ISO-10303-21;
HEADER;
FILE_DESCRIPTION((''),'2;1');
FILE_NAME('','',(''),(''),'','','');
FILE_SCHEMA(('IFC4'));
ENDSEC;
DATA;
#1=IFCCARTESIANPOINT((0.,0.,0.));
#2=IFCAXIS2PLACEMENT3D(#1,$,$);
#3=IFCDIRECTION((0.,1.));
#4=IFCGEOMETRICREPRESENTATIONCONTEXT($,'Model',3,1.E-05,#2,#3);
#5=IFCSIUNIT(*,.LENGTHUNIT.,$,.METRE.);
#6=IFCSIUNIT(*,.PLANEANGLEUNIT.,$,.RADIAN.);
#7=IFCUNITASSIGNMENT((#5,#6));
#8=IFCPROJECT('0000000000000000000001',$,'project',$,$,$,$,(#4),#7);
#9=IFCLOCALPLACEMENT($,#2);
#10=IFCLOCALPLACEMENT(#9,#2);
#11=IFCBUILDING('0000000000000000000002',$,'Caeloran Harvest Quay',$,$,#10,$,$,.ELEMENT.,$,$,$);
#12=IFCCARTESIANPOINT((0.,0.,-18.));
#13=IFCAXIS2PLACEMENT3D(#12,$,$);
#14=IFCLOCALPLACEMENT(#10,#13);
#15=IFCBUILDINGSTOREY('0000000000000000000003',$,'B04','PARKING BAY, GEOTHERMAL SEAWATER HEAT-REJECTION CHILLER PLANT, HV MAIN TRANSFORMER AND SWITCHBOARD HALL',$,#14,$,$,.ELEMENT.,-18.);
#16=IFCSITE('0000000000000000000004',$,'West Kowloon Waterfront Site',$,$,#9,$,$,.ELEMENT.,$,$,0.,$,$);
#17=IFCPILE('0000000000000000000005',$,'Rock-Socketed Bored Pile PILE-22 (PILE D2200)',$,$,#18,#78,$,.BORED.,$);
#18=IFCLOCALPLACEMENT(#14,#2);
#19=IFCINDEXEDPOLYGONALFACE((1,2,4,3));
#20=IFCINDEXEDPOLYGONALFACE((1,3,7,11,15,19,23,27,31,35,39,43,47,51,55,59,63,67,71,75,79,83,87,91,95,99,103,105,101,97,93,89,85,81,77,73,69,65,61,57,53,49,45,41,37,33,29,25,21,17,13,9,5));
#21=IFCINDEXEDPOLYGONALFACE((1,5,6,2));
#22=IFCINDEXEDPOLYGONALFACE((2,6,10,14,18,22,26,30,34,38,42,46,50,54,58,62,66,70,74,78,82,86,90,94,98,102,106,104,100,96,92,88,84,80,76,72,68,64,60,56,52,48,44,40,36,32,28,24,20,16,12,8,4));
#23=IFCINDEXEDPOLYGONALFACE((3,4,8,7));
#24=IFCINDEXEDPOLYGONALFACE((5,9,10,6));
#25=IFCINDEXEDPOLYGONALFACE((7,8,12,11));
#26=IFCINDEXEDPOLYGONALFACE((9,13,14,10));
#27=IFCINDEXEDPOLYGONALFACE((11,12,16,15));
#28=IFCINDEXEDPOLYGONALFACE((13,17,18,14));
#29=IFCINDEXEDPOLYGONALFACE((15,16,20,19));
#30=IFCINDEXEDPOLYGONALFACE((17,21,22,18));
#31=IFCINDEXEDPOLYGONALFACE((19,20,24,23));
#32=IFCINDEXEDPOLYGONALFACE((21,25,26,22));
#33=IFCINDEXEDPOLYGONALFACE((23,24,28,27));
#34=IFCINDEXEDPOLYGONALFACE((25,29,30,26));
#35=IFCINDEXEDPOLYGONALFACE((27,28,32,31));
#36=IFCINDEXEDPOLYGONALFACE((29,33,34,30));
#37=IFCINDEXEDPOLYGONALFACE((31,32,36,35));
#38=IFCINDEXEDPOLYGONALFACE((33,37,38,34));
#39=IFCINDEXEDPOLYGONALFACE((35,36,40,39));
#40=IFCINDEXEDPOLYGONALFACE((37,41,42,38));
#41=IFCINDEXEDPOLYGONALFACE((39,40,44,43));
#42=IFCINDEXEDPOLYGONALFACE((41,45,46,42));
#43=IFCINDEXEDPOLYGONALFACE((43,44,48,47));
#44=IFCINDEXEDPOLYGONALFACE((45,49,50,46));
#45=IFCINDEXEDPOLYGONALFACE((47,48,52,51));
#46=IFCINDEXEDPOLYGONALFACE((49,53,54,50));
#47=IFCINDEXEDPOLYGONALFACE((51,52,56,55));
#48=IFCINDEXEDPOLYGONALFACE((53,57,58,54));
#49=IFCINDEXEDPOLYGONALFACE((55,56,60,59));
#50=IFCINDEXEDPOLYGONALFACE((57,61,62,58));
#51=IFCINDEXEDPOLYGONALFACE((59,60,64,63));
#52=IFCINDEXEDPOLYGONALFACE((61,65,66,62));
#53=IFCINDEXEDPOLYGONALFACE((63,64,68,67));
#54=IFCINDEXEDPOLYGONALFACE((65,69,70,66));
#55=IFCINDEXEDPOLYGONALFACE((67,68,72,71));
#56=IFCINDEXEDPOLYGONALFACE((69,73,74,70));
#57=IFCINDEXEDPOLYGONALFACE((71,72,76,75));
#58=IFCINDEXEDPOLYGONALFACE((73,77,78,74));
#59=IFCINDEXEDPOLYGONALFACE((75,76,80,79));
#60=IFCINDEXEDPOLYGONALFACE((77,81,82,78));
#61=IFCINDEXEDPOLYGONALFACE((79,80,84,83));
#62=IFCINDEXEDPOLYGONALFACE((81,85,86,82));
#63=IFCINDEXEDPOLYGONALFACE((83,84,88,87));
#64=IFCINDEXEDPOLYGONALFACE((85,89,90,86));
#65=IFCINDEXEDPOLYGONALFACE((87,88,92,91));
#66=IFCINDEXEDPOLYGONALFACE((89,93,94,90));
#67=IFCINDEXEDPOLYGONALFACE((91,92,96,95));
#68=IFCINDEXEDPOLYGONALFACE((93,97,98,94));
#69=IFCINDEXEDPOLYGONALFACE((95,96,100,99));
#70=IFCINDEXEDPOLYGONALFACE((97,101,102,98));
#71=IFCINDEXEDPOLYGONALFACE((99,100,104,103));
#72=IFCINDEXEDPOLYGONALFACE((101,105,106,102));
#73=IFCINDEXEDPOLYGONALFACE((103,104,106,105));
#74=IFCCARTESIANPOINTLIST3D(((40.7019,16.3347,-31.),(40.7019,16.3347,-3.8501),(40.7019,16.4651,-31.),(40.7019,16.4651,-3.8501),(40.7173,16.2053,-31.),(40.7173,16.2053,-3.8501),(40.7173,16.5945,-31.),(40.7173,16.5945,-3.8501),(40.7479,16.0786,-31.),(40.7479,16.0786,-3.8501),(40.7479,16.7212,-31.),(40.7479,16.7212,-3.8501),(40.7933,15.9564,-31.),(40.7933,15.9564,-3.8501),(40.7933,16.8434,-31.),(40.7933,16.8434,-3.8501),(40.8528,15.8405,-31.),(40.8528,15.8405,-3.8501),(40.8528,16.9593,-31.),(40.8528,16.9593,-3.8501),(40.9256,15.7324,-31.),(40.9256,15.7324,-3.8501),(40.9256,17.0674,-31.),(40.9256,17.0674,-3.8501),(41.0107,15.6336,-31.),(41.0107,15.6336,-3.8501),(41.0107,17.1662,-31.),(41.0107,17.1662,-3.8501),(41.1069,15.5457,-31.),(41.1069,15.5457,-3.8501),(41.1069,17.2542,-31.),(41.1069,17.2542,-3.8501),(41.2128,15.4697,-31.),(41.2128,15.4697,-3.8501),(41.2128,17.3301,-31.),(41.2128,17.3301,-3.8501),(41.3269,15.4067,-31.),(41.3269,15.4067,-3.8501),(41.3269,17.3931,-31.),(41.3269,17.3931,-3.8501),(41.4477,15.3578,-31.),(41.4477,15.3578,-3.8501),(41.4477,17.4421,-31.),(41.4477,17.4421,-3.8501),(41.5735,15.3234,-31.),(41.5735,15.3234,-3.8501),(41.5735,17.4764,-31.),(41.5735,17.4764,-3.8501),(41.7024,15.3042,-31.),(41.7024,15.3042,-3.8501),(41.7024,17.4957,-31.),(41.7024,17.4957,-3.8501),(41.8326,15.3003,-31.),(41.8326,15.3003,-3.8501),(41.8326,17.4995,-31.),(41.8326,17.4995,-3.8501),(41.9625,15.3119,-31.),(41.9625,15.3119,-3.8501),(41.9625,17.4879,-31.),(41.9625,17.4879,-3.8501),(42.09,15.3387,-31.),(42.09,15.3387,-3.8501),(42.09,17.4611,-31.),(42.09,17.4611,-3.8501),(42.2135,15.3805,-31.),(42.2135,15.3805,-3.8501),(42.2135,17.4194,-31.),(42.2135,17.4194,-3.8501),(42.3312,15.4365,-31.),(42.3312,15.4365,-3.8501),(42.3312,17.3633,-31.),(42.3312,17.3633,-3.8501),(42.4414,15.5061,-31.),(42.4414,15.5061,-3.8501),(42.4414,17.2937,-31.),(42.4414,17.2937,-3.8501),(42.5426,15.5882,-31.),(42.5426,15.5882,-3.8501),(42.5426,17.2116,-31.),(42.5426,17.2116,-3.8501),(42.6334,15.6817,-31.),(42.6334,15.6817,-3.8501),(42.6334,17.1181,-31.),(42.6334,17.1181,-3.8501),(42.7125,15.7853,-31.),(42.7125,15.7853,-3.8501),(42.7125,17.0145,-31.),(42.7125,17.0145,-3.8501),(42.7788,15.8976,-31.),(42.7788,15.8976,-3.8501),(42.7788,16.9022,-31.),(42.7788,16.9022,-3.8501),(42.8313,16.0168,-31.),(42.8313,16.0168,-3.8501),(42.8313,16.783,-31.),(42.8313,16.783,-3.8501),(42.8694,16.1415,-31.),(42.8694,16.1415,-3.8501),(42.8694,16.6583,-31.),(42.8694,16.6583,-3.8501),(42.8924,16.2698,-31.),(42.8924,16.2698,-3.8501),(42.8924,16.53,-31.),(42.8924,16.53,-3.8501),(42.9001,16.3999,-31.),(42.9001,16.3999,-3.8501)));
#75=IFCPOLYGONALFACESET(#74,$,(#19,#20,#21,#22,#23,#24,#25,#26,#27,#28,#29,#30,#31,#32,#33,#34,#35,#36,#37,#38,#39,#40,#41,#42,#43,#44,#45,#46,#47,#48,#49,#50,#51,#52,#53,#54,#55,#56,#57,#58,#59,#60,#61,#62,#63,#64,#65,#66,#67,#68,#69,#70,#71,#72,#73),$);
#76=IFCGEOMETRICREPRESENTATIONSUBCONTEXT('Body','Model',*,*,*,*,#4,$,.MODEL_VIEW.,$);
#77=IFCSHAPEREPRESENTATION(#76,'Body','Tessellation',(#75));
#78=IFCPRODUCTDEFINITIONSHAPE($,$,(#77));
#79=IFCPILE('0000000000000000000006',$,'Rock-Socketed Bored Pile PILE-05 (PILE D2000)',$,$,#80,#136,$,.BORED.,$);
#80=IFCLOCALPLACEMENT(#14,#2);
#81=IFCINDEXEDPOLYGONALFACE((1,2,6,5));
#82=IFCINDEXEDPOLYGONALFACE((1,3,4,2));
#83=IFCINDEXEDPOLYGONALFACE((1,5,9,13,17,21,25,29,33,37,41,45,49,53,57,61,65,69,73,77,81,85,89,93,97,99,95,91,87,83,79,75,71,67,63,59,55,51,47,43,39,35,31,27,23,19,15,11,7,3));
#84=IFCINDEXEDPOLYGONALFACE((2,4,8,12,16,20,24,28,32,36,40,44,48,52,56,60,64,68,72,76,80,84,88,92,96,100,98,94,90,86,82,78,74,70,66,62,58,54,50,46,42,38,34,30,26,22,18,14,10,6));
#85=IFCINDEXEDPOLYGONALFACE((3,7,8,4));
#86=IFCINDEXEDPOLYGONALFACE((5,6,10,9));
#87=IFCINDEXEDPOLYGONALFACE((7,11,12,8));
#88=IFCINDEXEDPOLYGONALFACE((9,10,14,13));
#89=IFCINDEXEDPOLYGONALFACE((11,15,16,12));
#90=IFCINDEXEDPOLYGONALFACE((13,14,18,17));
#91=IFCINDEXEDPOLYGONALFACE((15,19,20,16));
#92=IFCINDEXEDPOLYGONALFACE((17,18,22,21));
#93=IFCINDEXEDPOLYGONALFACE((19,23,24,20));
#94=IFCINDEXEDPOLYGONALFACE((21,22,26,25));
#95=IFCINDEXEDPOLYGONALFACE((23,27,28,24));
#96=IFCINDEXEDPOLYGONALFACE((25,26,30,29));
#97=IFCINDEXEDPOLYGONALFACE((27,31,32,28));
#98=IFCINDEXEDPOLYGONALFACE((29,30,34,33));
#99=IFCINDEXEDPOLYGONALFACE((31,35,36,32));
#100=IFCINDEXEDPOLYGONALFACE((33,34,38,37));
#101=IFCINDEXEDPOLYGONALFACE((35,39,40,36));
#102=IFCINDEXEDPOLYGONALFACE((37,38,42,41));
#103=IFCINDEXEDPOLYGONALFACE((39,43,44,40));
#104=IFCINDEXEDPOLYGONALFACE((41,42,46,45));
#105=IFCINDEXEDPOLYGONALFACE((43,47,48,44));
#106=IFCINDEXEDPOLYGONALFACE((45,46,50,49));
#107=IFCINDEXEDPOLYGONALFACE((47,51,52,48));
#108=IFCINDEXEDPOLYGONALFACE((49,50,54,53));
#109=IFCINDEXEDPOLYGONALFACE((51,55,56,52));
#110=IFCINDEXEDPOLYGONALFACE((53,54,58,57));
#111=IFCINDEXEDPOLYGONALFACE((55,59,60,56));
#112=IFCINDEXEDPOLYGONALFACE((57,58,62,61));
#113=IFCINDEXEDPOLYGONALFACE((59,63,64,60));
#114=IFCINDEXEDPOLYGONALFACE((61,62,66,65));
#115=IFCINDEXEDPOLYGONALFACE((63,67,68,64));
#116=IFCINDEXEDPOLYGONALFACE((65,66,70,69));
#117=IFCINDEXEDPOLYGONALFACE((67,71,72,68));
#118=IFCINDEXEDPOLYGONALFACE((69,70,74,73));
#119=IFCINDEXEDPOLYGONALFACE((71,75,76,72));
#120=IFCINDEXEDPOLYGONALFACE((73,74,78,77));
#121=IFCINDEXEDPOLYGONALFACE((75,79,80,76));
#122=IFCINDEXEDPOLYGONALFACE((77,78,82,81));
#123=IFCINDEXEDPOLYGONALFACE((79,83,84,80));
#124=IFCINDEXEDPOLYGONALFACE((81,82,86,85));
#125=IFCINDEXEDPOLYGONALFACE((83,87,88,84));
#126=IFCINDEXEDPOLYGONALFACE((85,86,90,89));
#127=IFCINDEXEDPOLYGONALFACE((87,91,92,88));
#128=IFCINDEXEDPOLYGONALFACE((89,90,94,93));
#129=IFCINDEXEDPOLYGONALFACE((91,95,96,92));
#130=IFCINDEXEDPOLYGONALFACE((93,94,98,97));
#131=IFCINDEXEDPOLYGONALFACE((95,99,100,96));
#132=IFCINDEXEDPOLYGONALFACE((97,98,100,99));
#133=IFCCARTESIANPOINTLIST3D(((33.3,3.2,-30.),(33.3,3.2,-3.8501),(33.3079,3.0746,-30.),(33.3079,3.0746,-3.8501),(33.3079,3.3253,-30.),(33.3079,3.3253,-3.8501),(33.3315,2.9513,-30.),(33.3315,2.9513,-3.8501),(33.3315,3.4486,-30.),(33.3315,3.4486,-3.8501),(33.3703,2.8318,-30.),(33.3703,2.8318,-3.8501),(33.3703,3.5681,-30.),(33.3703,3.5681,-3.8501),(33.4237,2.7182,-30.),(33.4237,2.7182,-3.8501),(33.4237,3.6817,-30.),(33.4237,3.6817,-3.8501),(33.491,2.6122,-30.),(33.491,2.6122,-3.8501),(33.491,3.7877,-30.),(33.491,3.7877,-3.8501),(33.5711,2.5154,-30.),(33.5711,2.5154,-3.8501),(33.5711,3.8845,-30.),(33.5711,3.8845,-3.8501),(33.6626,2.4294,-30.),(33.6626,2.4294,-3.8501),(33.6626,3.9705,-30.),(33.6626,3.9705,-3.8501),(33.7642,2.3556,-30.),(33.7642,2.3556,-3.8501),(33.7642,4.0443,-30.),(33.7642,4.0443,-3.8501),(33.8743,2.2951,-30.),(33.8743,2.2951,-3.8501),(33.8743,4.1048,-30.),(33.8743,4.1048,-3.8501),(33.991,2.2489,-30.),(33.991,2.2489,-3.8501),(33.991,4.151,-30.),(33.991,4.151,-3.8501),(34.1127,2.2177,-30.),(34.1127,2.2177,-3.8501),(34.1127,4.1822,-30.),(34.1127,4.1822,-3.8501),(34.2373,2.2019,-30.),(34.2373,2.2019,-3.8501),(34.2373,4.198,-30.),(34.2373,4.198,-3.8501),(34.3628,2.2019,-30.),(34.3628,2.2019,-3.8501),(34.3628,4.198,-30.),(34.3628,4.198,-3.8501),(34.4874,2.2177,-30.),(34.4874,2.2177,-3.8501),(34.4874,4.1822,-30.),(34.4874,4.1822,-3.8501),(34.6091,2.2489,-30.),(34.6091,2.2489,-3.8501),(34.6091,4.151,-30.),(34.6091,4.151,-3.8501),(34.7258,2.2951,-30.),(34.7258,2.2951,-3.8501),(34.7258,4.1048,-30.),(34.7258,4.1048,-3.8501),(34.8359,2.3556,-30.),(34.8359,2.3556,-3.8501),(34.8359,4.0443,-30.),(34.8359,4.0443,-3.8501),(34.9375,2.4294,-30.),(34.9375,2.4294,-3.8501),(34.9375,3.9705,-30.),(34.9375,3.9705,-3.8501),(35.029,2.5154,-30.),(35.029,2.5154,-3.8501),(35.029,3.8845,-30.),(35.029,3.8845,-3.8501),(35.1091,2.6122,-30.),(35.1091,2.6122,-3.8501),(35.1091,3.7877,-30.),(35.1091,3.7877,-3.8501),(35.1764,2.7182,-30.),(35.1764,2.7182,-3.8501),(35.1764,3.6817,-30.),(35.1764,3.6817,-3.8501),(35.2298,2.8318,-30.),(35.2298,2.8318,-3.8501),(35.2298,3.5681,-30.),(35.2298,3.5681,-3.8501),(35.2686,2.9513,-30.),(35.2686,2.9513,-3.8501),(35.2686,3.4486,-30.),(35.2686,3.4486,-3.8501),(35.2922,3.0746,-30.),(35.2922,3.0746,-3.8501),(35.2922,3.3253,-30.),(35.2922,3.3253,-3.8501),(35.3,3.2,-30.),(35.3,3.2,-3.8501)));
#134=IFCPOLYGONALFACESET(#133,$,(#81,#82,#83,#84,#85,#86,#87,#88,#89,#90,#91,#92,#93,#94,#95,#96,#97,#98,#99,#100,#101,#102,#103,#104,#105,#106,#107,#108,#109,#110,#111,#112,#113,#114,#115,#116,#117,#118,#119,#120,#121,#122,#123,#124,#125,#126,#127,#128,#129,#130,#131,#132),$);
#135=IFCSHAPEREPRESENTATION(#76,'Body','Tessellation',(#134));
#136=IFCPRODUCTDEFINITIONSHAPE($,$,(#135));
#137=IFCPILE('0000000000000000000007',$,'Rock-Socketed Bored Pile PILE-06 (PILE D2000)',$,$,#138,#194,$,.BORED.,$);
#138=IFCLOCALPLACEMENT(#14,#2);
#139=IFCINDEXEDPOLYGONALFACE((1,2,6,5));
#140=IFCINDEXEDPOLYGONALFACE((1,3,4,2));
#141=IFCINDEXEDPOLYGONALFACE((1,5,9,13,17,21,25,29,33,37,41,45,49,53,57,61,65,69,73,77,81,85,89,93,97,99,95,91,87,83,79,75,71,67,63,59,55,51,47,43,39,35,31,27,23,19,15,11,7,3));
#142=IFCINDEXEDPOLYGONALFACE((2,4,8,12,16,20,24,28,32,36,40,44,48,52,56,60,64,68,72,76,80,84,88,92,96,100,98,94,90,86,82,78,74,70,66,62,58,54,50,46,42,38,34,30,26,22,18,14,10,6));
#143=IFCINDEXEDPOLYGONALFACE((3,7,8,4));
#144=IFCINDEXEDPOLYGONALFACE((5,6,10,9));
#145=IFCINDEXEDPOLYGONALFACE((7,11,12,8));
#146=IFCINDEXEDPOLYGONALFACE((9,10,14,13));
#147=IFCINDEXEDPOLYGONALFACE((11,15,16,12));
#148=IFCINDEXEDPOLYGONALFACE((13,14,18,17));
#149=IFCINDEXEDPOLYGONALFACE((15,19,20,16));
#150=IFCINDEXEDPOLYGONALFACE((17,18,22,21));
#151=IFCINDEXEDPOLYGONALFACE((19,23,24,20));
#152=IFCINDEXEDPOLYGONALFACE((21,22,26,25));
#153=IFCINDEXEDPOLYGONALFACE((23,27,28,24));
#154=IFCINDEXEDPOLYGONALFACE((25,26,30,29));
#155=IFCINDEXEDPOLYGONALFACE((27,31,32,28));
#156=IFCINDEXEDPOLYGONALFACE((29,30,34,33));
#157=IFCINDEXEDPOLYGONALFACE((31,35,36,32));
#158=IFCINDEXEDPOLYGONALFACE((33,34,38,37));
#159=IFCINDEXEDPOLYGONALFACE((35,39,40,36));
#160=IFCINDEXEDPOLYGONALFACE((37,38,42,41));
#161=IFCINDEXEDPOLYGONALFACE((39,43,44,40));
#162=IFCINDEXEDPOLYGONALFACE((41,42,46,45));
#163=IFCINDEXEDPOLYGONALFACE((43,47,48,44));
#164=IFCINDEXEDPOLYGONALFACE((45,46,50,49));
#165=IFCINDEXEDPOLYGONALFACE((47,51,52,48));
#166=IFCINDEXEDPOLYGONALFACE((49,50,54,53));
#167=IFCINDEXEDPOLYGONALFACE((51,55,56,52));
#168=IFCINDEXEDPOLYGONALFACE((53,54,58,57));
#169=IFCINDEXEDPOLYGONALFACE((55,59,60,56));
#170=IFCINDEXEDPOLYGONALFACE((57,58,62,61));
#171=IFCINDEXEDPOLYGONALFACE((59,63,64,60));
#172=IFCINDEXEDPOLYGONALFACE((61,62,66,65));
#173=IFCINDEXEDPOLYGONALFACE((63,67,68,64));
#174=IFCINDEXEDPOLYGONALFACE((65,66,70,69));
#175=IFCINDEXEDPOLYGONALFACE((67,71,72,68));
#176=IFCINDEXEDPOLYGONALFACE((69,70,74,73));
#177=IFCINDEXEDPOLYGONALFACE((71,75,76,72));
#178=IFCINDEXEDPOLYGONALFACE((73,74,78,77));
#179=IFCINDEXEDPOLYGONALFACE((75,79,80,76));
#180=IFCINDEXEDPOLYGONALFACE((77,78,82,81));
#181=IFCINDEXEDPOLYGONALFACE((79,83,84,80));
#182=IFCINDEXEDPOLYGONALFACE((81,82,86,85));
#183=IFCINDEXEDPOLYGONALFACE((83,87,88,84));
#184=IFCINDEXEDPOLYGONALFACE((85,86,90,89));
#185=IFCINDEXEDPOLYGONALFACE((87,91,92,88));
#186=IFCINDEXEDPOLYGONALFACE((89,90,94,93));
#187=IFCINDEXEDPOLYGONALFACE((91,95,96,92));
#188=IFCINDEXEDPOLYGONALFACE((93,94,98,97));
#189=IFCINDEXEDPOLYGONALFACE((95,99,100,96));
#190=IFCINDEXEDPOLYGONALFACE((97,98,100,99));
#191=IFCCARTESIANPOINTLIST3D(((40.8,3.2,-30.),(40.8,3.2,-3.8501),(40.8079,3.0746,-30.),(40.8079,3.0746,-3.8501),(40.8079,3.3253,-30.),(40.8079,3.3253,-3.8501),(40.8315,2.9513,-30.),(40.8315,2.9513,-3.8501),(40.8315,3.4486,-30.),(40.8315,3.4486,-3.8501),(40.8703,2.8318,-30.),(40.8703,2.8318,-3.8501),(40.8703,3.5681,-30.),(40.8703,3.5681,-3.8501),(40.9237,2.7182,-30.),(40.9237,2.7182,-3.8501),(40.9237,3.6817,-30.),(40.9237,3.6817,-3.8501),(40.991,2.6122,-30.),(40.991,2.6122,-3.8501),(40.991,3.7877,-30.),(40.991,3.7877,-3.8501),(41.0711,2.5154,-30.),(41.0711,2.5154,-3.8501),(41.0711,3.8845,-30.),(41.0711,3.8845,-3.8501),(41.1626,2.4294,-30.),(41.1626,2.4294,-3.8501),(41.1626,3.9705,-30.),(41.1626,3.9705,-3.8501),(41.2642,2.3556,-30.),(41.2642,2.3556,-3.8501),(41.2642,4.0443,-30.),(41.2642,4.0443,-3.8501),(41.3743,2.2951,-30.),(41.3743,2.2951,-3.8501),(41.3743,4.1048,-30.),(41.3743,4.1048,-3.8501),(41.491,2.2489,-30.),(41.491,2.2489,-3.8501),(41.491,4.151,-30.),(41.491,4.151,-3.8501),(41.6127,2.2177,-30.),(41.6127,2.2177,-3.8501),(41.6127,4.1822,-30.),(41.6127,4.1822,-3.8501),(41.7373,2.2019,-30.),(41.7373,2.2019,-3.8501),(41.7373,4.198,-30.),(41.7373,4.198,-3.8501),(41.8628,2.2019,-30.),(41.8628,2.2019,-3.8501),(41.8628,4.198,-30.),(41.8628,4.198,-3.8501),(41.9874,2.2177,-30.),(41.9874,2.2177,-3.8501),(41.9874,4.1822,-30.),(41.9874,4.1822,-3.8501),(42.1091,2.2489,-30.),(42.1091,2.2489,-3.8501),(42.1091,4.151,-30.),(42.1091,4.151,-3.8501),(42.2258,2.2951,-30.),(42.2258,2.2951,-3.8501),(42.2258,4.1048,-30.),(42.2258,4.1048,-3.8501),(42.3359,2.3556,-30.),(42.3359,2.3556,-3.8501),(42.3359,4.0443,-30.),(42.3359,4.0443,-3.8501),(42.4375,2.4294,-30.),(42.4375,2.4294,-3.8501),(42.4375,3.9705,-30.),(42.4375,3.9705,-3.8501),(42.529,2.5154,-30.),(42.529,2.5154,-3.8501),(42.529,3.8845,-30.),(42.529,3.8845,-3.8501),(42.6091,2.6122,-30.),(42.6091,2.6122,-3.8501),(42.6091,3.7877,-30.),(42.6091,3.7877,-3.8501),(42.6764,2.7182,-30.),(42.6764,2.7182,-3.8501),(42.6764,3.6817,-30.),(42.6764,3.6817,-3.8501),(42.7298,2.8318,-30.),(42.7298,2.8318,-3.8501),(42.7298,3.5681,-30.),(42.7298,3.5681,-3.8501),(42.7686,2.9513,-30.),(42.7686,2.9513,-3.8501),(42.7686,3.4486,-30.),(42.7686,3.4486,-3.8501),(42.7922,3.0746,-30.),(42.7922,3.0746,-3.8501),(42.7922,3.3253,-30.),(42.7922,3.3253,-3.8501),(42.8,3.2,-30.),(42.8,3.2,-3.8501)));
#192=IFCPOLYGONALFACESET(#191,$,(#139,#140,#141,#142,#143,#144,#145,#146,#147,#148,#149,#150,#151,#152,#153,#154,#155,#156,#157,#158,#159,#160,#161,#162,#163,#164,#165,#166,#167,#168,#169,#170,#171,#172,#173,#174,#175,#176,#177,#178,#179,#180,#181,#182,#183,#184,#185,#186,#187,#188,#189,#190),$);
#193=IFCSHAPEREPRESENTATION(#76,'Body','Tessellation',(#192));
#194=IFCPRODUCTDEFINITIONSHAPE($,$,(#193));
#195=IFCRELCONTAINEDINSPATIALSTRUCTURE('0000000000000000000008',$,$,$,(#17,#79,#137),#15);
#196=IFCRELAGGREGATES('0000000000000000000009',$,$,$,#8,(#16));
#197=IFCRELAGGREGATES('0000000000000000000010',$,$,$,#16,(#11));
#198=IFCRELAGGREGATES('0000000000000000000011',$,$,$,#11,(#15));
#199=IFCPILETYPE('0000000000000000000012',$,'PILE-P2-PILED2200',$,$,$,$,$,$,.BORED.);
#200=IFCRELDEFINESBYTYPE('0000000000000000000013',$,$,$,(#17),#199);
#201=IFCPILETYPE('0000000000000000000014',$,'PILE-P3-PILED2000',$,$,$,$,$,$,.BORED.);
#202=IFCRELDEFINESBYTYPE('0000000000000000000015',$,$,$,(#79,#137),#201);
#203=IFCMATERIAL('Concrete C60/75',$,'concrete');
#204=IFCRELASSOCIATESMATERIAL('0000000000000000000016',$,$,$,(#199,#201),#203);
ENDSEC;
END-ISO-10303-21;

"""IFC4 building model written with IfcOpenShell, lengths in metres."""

from ifc_helpers import new_model, si_unit, direction, frame, origin, origin_2d, place, context, subcontext, project, spatial, circle, extrude, material, material_profile, profile_set, type_object, element, save


model = new_model("IFC4")

# Units and contexts
model_context = context("Model", 3, precision=1e-05, world=origin(), true_north=direction((0.0, 1.0)))
body_context = subcontext(model_context, "Body", "Model", "MODEL_VIEW")
ifc_project = project(units=[si_unit("LENGTHUNIT", "METRE"), si_unit("PLANEANGLEUNIT", "RADIAN")], contexts=[model_context])

# Site, building, storey
site_placement = place(None, origin())
site = spatial("IfcSite", under=ifc_project, at=site_placement, Name="West Kowloon Waterfront Site", CompositionType="ELEMENT", RefElevation=0.0)
building_placement = place(site_placement, origin())
building = spatial("IfcBuilding", under=site, at=building_placement, Name="Caeloran Harvest Quay", CompositionType="ELEMENT")
storey_placement = place(building_placement, frame((0.0, 0.0, -18.0)))
storey = spatial("IfcBuildingStorey", under=building, at=storey_placement, Name="B04", Description="PARKING BAY, GEOTHERMAL SEAWATER HEAT-REJECTION CHILLER PLANT, HV MAIN TRANSFORMER AND SWITCHBOARD HALL", CompositionType="ELEMENT", Elevation=-18.0)

# Piles
ifc_material_1 = material(Name="Concrete C60/75", Category="concrete")
ifc_material_profile_1 = material_profile(ifc_material_1, circle(Radius=1.1001, at=origin_2d()), Name="PILE D2200")
ifc_profile_set_1 = profile_set([ifc_material_profile_1], Name="Concrete C60/75")
pile_type_1 = type_object("IfcPileType", Name="PILE-P2-PILED2200", PredefinedType="BORED", material=ifc_profile_set_1)
for number, where, z_axis, x_axis, name in (
    (1, (41.8, 16.3999, -3.8501), (0.0, 0.0, -1.0), (1.0, 0.0, 0.0), "Rock-Socketed Bored Pile PILE-22 (PILE D2200)"),
):
    element("IfcPile", number, at=place(storey_placement, frame(where, z_axis=z_axis, x_axis=x_axis)), inside=storey, type_object=pile_type_1, Name=name, PredefinedType="BORED", context=body_context, shape_type="SweptSolid", body=[
        extrude(circle(Radius=1.1001, at=origin_2d()), origin(), (0.0, 0.0, 1.0), 27.1499),
    ])
ifc_material_profile_2 = material_profile(ifc_material_1, circle(Radius=1.0, at=origin_2d()), Name="PILE D2000")
ifc_profile_set_2 = profile_set([ifc_material_profile_2], Name="Concrete C60/75")
pile_type_2 = type_object("IfcPileType", Name="PILE-P3-PILED2000", PredefinedType="BORED", material=ifc_profile_set_2)
for number, where, z_axis, x_axis, name in (
    (2, (34.3, 3.2, -3.8501), (0.0, 0.0, -1.0), (1.0, 0.0, 0.0), "Rock-Socketed Bored Pile PILE-05 (PILE D2000)"),
    (3, (41.8, 3.2, -3.8501), (0.0, 0.0, -1.0), (1.0, 0.0, 0.0), "Rock-Socketed Bored Pile PILE-06 (PILE D2000)"),
):
    element("IfcPile", number, at=place(storey_placement, frame(where, z_axis=z_axis, x_axis=x_axis)), inside=storey, type_object=pile_type_2, Name=name, PredefinedType="BORED", context=body_context, shape_type="SweptSolid", body=[
        extrude(circle(Radius=1.0, at=origin_2d()), origin(), (0.0, 0.0, 1.0), 26.1499),
    ])

save(model, "model.ifc")
